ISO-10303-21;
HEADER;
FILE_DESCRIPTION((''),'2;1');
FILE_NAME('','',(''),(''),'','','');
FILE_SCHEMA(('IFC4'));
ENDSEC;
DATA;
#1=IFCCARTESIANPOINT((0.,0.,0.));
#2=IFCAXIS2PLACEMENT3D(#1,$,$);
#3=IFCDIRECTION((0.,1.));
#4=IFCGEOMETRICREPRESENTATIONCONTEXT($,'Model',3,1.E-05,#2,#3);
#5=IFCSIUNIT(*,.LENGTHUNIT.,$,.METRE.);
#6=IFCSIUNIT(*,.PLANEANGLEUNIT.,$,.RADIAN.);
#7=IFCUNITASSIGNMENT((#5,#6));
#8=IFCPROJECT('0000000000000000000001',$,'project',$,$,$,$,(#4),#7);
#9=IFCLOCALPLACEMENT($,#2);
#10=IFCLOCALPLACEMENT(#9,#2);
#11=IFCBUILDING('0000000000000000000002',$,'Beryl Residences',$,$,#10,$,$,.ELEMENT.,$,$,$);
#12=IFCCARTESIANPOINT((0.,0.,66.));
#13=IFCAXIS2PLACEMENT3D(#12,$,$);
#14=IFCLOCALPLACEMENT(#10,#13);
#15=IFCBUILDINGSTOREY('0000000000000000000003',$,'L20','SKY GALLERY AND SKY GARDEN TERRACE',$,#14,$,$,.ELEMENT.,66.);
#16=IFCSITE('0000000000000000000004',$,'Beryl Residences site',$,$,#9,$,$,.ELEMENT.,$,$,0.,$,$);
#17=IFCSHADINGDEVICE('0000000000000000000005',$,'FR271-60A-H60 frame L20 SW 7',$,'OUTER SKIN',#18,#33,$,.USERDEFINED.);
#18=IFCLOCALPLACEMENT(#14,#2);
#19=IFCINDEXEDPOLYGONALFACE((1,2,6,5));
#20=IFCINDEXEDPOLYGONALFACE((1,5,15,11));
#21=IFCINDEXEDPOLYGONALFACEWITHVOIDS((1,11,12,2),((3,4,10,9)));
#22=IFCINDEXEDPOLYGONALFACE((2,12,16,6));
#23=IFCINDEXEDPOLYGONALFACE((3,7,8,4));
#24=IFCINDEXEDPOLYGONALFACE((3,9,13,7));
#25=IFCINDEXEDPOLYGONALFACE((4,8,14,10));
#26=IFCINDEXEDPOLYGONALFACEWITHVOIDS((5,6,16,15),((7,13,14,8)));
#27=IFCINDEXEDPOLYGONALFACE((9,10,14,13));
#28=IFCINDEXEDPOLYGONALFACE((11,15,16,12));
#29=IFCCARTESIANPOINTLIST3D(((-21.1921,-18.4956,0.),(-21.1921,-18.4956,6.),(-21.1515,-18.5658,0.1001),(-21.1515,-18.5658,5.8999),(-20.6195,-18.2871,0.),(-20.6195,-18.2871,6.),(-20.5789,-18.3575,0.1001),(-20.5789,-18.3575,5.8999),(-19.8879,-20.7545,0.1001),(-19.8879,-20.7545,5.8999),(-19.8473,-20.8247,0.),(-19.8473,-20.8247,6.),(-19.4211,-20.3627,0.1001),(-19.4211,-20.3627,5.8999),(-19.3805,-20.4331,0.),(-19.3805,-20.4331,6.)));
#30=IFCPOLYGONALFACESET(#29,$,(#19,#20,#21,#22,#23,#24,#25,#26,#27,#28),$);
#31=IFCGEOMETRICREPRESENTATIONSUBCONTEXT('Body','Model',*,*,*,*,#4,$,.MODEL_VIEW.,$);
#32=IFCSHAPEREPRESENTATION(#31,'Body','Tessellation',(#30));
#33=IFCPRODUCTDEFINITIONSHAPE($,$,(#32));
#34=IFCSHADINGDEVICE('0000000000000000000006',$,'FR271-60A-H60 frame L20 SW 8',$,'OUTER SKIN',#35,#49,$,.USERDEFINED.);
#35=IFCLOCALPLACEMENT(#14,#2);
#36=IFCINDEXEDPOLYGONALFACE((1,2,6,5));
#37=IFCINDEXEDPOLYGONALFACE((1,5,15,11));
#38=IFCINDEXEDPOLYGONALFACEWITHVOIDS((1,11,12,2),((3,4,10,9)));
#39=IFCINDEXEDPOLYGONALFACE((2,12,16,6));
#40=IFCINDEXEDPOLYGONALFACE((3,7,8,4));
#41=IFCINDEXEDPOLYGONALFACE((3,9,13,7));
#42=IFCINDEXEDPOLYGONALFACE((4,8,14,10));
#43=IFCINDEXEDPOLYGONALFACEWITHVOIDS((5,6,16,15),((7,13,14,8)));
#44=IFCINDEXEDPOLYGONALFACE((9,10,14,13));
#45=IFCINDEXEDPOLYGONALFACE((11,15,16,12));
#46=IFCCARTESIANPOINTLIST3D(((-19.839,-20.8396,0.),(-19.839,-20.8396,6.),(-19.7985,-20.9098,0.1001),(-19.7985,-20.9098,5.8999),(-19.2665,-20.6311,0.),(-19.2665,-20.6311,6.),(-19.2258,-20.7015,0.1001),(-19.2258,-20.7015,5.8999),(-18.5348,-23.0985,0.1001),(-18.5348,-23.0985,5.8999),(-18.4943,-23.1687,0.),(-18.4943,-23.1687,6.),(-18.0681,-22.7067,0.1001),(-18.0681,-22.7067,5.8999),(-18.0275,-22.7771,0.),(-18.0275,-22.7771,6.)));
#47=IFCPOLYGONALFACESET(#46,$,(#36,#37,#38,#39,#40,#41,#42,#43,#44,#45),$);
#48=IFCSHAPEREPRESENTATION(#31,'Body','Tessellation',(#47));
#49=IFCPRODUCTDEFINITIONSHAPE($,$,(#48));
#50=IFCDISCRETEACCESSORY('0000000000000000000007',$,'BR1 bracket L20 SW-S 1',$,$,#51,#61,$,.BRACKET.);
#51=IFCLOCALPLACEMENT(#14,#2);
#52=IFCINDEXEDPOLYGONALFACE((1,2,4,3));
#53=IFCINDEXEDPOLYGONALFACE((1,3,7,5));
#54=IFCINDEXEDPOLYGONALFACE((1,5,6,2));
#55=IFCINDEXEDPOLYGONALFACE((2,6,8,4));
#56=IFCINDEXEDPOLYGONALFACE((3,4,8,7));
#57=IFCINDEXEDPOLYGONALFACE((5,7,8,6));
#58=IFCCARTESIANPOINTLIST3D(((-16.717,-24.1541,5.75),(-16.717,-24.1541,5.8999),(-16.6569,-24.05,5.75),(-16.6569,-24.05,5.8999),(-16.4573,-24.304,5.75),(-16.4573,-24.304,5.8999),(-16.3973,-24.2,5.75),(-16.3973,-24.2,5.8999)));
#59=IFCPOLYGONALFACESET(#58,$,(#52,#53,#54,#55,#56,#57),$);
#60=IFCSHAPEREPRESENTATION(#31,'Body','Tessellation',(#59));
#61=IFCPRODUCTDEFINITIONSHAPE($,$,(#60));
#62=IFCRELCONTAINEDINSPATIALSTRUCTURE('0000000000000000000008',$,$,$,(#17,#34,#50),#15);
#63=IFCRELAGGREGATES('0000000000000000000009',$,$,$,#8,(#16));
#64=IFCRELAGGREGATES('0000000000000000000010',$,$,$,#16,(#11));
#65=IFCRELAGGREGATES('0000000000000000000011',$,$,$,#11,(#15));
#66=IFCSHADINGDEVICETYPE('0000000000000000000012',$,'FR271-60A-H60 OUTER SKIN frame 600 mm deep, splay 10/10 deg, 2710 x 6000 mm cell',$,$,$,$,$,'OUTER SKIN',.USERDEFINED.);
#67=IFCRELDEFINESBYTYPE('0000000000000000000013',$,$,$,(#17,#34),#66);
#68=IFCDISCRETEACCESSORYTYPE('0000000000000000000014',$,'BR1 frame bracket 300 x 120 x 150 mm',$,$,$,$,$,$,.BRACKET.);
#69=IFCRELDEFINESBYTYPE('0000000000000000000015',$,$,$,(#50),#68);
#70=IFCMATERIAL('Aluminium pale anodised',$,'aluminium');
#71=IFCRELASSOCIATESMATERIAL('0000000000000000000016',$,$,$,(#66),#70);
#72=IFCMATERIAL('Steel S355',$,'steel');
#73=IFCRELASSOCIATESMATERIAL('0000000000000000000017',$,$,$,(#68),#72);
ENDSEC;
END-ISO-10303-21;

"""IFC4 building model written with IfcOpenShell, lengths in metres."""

from ifc_helpers import new_model, entity, si_unit, direction, frame, origin, place, context, subcontext, project, spatial, polyline, outline, extrude, source, transform, mapped, material, type_object, type_shapes, element, save


model = new_model("IFC4")

# Units and contexts
model_context = context("Model", 3, precision=1e-05, world=origin(), true_north=direction((0.0, 1.0)))
body_context = subcontext(model_context, "Body", "Model", "MODEL_VIEW")
ifc_project = project(units=[si_unit("LENGTHUNIT", "METRE"), si_unit("PLANEANGLEUNIT", "RADIAN")], contexts=[model_context])

# Site, building, storey
site_placement = place(None, origin())
site = spatial("IfcSite", under=ifc_project, at=site_placement, Name="Beryl Residences site", CompositionType="ELEMENT", RefElevation=0.0)
building_placement = place(site_placement, origin())
building = spatial("IfcBuilding", under=site, at=building_placement, Name="Beryl Residences", CompositionType="ELEMENT")
storey_placement = place(building_placement, frame((0.0, 0.0, 66.0)))
storey = spatial("IfcBuildingStorey", under=building, at=storey_placement, Name="L20", Description="SKY GALLERY AND SKY GARDEN TERRACE", CompositionType="ELEMENT", Elevation=66.0)

# Shading devices
ifc_material_1 = material(Name="Aluminium pale anodised", Category="aluminium")
shading_device_type_1 = type_object("IfcShadingDeviceType", Name="FR271-60A-H60 OUTER SKIN frame 600 mm deep, splay 10/10 deg, 2710 x 6000 mm cell", ElementType="OUTER SKIN", PredefinedType="USERDEFINED", material=ifc_material_1)
cartesian_point_1 = entity("IfcCartesianPoint", [-1.239, 0.0])
cartesian_point_2 = entity("IfcCartesianPoint", [-1.1577, 0.1001])
cartesian_point_3 = entity("IfcCartesianPoint", [-1.3447, 0.0])
cartesian_point_4 = entity("IfcCartesianPoint", [-1.2637, 0.1001])
shared_shape_1 = source(origin(), body_context, "Body", "SweptSolid", [
    entity("IfcExtrudedAreaSolidTapered", entity("IfcArbitraryProfileDefWithVoids", "AREA", None, entity("IfcPolyline", [cartesian_point_1, entity("IfcCartesianPoint", [1.239, 0.0]), entity("IfcCartesianPoint", [1.239, 6.0]), entity("IfcCartesianPoint", [-1.239, 6.0]), cartesian_point_1]), [entity("IfcPolyline", [cartesian_point_2, entity("IfcCartesianPoint", [1.1577, 0.1001]), entity("IfcCartesianPoint", [1.1577, 5.8999]), entity("IfcCartesianPoint", [-1.1577, 5.8999]), cartesian_point_2])]), entity("IfcAxis2Placement3D", entity("IfcCartesianPoint", [0.0, 0.0, 0.0]), entity("IfcDirection", [0.0, 1.0, 0.0]), entity("IfcDirection", [-1.0, 0.0, 0.0])), entity("IfcDirection", [0.0, 0.0, 1.0]), 0.6001, entity("IfcArbitraryProfileDefWithVoids", "AREA", None, entity("IfcPolyline", [cartesian_point_3, entity("IfcCartesianPoint", [1.3447, 0.0]), entity("IfcCartesianPoint", [1.3447, 6.0]), entity("IfcCartesianPoint", [-1.3447, 6.0]), cartesian_point_3]), [entity("IfcPolyline", [cartesian_point_4, entity("IfcCartesianPoint", [1.2637, 0.1001]), entity("IfcCartesianPoint", [1.2637, 5.8999]), entity("IfcCartesianPoint", [-1.2637, 5.8999]), cartesian_point_4])])),
])
type_shapes(shading_device_type_1, [shared_shape_1])
for number, where, z_axis, x_axis, name in (
    (1, (-20.0, -19.3601, 0.0), (0.0, 0.0, 1.0), (-0.5, 0.866025, 0.0), "FR271-60A-H60 frame L20 SW 7"),
    (2, (-18.647, -21.7041, 0.0), (0.0, 0.0, 1.0), (-0.5, 0.866025, 0.0), "FR271-60A-H60 frame L20 SW 8"),
):
    element("IfcShadingDevice", number, at=place(storey_placement, frame(where, z_axis=z_axis, x_axis=x_axis)), inside=storey, type_object=shading_device_type_1, Name=name, ObjectType="OUTER SKIN", PredefinedType="USERDEFINED", context=body_context, shape_type="MappedRepresentation", body=[
        mapped(shared_shape_1, transform((0.0, 0.0, 0.0))),
    ])

# Discrete accessory
ifc_material_2 = material(Name="Steel S355", Category="steel")
discrete_accessory_type = type_object("IfcDiscreteAccessoryType", Name="BR1 frame bracket 300 x 120 x 150 mm", PredefinedType="BRACKET", material=ifc_material_2)
shared_shape_2 = source(origin(), body_context, "Body", "SweptSolid", [
    extrude(outline(polyline([(-0.1499, 0.0), (0.1499, 0.0), (0.1499, 0.1201), (-0.1499, 0.1201), (-0.1499, 0.0)])), origin(), (0.0, 0.0, 1.0), 0.1499),
])
type_shapes(discrete_accessory_type, [shared_shape_2])
discrete_accessory_placement = place(storey_placement, frame((-16.5271, -24.125, 5.75), z_axis=(0.0, 0.0, 1.0), x_axis=(-0.866025, 0.5, 0.0)))
element("IfcDiscreteAccessory", 3, at=discrete_accessory_placement, inside=storey, type_object=discrete_accessory_type, Name="BR1 bracket L20 SW-S 1", PredefinedType="BRACKET", context=body_context, shape_type="MappedRepresentation", body=[
    mapped(shared_shape_2, transform((0.0, 0.0, 0.0))),
])

save(model, "model.ifc")
